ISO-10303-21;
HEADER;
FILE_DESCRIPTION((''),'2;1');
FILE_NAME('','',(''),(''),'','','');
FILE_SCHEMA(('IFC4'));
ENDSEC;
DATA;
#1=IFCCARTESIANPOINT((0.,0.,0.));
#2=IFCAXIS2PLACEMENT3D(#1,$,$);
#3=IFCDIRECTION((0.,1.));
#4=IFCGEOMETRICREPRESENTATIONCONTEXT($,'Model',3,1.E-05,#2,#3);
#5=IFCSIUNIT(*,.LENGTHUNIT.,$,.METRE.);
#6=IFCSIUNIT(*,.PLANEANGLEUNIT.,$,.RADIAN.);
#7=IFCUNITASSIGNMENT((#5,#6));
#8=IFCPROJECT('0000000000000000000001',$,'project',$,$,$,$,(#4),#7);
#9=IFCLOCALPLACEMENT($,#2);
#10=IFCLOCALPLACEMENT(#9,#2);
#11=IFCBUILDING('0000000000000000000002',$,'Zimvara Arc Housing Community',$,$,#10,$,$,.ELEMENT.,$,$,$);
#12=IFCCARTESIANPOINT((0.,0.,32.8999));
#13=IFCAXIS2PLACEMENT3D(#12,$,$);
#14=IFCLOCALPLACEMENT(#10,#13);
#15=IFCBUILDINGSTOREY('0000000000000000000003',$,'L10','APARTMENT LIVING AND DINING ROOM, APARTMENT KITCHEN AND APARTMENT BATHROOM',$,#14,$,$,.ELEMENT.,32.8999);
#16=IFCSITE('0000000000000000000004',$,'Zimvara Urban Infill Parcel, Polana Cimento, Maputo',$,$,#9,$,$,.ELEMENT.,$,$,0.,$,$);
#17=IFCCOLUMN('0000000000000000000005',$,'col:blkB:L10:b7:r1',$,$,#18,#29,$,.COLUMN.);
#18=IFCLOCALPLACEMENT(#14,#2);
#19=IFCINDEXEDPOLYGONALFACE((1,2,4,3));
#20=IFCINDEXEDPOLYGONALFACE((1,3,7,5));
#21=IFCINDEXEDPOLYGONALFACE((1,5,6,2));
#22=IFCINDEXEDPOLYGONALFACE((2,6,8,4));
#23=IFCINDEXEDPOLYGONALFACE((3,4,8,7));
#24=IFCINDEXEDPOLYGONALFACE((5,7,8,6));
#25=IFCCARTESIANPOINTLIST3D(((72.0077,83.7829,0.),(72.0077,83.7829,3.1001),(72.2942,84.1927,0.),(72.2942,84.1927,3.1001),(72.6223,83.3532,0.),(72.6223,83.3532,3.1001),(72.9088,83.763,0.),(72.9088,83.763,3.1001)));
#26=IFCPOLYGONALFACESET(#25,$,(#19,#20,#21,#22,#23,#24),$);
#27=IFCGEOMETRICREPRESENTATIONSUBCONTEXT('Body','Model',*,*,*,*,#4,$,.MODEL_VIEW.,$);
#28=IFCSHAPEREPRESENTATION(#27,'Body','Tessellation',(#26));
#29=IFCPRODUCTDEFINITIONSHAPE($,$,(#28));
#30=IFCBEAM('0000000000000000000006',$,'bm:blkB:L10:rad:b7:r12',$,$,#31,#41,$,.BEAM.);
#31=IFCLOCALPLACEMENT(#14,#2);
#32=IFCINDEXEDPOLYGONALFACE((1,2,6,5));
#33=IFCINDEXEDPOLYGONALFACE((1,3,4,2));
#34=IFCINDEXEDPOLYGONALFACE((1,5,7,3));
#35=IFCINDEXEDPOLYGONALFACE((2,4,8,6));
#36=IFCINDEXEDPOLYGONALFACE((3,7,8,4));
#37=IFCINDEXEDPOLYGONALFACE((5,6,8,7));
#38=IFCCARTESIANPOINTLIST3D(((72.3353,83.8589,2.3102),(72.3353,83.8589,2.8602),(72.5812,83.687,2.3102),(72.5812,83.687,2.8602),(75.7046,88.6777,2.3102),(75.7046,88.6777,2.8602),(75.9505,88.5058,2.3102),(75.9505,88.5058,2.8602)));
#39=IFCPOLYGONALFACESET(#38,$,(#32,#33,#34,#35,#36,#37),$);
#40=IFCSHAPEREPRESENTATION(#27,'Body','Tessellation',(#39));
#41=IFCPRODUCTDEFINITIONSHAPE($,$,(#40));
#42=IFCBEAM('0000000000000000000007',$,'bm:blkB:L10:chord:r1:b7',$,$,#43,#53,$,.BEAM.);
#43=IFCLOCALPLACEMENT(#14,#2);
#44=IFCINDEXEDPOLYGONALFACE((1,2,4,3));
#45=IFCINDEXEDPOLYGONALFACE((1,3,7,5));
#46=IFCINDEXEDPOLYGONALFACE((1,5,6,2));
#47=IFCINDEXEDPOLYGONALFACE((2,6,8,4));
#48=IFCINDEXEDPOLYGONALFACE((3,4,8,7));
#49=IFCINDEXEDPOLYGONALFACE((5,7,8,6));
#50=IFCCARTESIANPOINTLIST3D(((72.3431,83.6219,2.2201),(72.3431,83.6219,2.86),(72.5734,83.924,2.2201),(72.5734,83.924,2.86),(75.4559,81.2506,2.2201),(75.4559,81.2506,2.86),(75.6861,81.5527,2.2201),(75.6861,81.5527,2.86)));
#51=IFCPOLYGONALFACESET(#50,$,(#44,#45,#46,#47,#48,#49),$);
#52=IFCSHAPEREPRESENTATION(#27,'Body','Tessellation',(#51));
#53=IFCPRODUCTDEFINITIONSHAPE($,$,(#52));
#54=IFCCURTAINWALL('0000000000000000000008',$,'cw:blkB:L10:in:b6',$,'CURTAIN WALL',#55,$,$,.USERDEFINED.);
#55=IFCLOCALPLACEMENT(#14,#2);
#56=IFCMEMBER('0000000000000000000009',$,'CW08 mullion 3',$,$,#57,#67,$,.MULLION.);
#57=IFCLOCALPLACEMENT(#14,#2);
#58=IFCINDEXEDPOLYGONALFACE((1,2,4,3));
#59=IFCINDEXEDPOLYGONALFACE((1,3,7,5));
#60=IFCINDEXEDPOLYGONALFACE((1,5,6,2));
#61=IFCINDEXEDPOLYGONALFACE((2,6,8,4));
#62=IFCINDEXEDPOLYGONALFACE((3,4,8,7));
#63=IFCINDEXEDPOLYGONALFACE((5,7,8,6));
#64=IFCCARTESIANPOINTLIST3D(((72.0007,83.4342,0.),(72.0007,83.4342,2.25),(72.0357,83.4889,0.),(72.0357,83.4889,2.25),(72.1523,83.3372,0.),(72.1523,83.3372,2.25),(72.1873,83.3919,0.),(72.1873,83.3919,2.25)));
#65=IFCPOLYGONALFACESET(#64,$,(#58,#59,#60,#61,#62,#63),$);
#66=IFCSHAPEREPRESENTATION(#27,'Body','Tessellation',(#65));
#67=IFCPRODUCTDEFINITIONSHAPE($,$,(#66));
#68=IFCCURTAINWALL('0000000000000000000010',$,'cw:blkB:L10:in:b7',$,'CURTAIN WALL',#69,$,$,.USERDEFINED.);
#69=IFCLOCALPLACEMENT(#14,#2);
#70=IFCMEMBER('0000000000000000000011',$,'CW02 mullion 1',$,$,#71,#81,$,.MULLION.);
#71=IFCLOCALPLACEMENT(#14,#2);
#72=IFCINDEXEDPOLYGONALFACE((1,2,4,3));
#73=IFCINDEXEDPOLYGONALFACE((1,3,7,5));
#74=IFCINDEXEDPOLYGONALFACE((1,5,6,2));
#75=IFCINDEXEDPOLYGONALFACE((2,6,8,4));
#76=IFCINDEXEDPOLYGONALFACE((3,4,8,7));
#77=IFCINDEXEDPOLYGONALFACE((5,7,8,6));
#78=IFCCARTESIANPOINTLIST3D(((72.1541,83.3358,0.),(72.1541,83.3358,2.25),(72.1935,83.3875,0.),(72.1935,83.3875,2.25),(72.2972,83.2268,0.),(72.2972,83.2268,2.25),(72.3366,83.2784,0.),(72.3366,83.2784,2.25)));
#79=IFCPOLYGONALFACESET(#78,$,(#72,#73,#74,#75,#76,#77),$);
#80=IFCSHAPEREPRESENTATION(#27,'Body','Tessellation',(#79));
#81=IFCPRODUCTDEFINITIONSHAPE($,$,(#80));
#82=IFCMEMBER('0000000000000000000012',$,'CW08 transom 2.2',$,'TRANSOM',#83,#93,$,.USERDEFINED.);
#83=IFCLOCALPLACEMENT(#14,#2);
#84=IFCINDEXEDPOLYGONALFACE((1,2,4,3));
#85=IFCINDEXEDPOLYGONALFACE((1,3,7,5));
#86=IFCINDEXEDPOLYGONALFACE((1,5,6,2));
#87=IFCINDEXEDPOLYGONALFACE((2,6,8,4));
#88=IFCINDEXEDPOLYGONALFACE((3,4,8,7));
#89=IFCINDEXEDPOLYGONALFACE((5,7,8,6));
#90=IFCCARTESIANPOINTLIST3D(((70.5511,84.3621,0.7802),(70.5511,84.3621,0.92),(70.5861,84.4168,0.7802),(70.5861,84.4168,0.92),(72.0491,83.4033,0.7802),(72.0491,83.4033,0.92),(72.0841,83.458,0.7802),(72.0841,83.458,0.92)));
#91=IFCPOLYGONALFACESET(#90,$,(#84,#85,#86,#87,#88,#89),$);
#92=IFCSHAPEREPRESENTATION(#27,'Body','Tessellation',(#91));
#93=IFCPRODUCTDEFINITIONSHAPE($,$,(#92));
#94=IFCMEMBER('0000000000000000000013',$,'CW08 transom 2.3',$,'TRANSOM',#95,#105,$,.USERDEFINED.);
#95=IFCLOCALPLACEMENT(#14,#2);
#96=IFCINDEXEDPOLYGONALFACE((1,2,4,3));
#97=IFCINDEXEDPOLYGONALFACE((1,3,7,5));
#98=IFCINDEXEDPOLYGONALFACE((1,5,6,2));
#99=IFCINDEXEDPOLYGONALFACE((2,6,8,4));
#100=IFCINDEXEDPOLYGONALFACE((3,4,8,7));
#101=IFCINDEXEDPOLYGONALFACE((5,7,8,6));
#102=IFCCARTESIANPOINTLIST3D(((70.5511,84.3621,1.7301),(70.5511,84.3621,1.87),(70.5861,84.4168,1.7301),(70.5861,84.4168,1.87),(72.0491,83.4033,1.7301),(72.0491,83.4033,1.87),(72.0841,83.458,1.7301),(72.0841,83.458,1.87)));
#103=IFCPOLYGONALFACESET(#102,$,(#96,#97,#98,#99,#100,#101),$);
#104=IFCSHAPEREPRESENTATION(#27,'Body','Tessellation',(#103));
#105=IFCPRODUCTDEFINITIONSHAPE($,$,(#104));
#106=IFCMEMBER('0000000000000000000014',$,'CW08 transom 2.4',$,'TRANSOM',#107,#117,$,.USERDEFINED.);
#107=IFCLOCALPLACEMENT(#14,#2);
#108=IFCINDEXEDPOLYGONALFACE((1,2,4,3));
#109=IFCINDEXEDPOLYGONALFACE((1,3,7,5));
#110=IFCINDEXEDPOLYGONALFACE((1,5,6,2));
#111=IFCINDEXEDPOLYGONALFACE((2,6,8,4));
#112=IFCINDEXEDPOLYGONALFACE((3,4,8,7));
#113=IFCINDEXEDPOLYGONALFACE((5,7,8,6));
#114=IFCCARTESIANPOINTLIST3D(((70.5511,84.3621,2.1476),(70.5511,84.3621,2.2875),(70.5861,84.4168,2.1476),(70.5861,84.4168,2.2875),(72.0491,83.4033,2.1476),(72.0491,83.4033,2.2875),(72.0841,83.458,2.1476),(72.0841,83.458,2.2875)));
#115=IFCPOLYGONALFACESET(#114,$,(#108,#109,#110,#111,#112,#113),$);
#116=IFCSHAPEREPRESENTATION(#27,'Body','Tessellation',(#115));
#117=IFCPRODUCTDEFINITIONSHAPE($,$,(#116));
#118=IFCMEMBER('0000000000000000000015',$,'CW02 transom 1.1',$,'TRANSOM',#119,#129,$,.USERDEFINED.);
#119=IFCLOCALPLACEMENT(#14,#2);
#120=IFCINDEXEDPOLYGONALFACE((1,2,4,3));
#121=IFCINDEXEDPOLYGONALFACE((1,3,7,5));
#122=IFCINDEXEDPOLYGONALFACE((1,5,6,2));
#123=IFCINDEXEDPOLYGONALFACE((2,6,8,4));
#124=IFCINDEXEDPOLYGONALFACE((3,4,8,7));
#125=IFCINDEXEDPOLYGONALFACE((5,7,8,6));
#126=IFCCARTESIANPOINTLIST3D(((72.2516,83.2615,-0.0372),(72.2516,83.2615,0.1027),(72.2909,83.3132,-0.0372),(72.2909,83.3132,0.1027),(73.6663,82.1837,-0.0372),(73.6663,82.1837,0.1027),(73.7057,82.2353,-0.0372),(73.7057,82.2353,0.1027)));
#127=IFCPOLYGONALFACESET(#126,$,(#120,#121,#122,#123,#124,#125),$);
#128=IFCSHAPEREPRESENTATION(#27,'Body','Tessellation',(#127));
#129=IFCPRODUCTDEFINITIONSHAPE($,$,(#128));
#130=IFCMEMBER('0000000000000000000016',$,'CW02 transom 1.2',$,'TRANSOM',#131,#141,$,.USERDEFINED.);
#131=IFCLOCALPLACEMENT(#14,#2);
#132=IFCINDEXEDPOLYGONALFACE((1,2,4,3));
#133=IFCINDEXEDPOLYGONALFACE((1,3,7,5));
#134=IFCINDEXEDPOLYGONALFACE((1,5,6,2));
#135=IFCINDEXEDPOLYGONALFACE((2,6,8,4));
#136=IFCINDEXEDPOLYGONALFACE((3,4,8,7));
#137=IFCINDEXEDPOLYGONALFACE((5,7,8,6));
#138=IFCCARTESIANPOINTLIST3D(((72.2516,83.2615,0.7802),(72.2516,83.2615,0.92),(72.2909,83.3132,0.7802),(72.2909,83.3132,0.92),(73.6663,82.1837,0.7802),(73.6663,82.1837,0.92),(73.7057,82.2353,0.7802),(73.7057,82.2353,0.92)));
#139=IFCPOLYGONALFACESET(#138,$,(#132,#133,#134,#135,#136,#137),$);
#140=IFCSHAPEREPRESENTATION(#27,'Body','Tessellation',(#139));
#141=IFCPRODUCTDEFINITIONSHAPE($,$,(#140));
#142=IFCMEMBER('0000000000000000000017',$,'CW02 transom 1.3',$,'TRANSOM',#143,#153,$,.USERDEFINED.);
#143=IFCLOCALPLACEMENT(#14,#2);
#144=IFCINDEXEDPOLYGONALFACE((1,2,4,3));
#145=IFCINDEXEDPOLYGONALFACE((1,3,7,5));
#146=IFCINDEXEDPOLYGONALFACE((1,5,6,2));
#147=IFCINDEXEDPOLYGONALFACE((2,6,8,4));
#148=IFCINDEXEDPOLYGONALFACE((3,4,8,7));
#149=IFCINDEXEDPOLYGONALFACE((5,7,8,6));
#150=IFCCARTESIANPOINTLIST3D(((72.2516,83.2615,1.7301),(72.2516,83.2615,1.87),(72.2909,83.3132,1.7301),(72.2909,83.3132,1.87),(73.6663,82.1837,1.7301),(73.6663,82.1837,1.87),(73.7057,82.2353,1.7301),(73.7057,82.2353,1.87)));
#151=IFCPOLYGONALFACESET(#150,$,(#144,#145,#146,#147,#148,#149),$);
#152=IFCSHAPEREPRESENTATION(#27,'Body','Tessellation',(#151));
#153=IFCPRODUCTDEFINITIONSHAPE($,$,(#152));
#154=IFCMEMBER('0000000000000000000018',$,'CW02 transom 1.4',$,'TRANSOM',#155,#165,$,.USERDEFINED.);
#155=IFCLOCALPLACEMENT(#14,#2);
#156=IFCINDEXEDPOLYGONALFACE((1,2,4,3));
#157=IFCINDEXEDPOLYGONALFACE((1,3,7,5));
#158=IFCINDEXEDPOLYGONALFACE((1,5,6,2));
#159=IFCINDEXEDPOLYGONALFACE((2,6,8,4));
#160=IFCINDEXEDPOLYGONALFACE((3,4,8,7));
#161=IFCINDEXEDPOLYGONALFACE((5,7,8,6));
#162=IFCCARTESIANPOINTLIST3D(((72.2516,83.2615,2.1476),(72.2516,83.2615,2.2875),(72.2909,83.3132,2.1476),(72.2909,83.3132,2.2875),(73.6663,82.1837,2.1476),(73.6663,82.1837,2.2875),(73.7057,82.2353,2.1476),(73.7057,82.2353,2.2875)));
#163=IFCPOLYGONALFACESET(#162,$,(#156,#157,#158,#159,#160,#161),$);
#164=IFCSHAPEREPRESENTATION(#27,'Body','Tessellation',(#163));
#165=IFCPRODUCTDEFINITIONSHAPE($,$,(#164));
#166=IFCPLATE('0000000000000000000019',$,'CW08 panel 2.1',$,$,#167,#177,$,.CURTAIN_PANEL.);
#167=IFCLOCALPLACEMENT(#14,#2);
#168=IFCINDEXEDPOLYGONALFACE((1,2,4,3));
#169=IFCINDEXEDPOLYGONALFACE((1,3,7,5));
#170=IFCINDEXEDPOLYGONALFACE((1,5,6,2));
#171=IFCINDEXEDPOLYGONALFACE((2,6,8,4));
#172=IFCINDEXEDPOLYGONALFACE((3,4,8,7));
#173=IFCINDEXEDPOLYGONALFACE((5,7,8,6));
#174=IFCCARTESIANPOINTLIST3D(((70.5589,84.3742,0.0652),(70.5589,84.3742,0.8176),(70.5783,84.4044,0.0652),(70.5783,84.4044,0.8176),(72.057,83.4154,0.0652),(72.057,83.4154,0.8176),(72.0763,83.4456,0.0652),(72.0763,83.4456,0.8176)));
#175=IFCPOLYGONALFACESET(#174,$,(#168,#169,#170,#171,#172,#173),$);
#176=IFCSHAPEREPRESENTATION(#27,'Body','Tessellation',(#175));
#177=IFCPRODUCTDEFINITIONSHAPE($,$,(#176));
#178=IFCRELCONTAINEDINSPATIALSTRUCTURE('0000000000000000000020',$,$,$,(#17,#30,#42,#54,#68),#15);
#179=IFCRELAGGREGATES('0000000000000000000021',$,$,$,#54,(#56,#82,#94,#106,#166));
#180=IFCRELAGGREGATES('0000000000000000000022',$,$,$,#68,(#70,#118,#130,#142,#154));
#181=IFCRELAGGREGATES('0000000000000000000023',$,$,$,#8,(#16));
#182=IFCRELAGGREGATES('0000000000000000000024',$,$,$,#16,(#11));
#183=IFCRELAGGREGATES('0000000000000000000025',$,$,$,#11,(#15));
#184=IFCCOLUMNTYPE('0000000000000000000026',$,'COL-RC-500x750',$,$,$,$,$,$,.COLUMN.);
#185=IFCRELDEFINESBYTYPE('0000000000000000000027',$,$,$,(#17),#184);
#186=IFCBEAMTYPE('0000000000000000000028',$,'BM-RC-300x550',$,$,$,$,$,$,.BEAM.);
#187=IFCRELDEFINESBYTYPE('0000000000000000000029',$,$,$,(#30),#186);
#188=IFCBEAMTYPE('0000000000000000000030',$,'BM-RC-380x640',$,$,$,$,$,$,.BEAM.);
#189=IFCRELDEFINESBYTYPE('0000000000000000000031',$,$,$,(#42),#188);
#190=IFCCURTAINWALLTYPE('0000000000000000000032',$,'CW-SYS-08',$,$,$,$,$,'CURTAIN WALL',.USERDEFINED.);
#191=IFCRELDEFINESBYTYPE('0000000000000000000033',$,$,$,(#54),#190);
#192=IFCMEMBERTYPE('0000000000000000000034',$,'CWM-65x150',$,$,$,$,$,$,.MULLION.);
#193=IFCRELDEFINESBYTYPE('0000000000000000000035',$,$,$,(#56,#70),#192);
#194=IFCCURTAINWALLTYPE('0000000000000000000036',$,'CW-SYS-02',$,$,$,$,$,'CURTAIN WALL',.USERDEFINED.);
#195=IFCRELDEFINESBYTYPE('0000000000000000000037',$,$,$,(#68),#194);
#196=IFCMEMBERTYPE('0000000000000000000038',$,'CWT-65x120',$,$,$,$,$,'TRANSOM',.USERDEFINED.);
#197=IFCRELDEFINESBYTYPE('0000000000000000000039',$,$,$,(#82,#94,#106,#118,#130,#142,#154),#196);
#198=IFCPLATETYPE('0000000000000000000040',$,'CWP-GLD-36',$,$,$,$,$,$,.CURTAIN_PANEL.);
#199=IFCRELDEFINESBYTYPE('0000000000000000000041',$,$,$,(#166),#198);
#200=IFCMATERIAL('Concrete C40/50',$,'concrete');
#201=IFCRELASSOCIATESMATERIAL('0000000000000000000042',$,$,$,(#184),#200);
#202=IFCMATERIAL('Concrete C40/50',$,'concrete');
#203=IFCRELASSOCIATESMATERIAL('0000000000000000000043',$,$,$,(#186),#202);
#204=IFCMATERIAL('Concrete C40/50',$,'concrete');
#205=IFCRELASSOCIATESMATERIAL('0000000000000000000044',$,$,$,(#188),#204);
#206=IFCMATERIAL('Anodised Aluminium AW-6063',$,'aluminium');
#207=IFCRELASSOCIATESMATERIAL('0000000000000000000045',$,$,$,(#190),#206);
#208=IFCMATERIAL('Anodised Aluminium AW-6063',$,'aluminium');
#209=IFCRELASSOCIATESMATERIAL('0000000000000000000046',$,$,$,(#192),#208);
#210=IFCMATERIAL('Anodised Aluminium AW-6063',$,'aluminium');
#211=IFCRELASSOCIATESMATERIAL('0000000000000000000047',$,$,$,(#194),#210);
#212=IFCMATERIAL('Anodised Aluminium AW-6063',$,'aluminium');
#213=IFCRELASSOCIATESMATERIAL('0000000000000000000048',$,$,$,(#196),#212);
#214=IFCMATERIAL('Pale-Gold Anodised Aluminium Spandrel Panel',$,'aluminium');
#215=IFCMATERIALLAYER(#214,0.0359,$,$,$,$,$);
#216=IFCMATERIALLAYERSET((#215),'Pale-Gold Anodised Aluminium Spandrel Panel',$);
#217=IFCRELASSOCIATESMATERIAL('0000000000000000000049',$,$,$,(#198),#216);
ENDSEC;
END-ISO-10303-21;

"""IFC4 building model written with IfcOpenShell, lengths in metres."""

from ifc_helpers import new_model, si_unit, direction, frame, origin, origin_2d, place, context, subcontext, project, spatial, rectangle, extrude, material, layer, layer_set, material_profile, profile_set, type_object, element, aggregate, save


model = new_model("IFC4")

# Units and contexts
model_context = context("Model", 3, precision=1e-05, world=origin(), true_north=direction((0.0, 1.0)))
body_context = subcontext(model_context, "Body", "Model", "MODEL_VIEW")
ifc_project = project(units=[si_unit("LENGTHUNIT", "METRE"), si_unit("PLANEANGLEUNIT", "RADIAN")], contexts=[model_context])

# Site, building, storey
site_placement = place(None, origin())
site = spatial("IfcSite", under=ifc_project, at=site_placement, Name="Zimvara Urban Infill Parcel, Polana Cimento, Maputo", CompositionType="ELEMENT", RefElevation=0.0)
building_placement = place(site_placement, origin())
building = spatial("IfcBuilding", under=site, at=building_placement, Name="Zimvara Arc Housing Community", CompositionType="ELEMENT")
storey_placement = place(building_placement, frame((0.0, 0.0, 32.8999)))
storey = spatial("IfcBuildingStorey", under=building, at=storey_placement, Name="L10", Description="APARTMENT LIVING AND DINING ROOM, APARTMENT KITCHEN AND APARTMENT BATHROOM", CompositionType="ELEMENT", Elevation=32.8999)

# Column
ifc_material_1 = material(Name="Concrete C40/50", Category="concrete")
ifc_material_profile_1 = material_profile(ifc_material_1, rectangle(XDim=0.5, YDim=0.75, at=origin_2d()), Name="RC 500x750")
ifc_profile_set_1 = profile_set([ifc_material_profile_1], Name="Concrete C40/50")
column_type = type_object("IfcColumnType", Name="COL-RC-500x750", PredefinedType="COLUMN", material=ifc_profile_set_1)
column_placement = place(storey_placement, frame((72.4583, 83.7729, 0.0), z_axis=(0.0, 0.0, 1.0), x_axis=(0.573004, 0.819552, 0.0)))
element("IfcColumn", 1, at=column_placement, inside=storey, type_object=column_type, Name="col:blkB:L10:b7:r1", PredefinedType="COLUMN", context=body_context, shape_type="SweptSolid", body=[
    extrude(rectangle(XDim=0.5, YDim=0.75, at=origin_2d()), origin(), (0.0, 0.0, 1.0), 3.1001),
])

# Beams
ifc_material_2 = material(Name="Concrete C40/50", Category="concrete")
ifc_material_profile_2 = material_profile(ifc_material_2, rectangle(XDim=0.3, YDim=0.55, at=origin_2d()), Name="RC 300x550")
ifc_profile_set_2 = profile_set([ifc_material_profile_2], Name="Concrete C40/50")
beam_type_1 = type_object("IfcBeamType", Name="BM-RC-300x550", PredefinedType="BEAM", material=ifc_profile_set_2)
beam_1_placement = place(storey_placement, frame((72.4583, 83.7729, 2.5852), z_axis=(0.573028, 0.819536, 0.0), x_axis=(-0.819536, 0.573028, 0.0)))
element("IfcBeam", 2, at=beam_1_placement, inside=storey, type_object=beam_type_1, Name="bm:blkB:L10:rad:b7:r12", PredefinedType="BEAM", context=body_context, shape_type="SweptSolid", body=[
    extrude(rectangle(XDim=0.3, YDim=0.55, at=origin_2d()), origin(), (0.0, 0.0, 1.0), 5.8799),
])
ifc_material_3 = material(Name="Concrete C40/50", Category="concrete")
ifc_material_profile_3 = material_profile(ifc_material_3, rectangle(XDim=0.3799, YDim=0.6399, at=origin_2d()), Name="RC 380x640")
ifc_profile_set_3 = profile_set([ifc_material_profile_3], Name="Concrete C40/50")
beam_type_2 = type_object("IfcBeamType", Name="BM-RC-380x640", PredefinedType="BEAM", material=ifc_profile_set_3)
beam_2_placement = place(storey_placement, frame((72.4583, 83.7729, 2.54), z_axis=(0.79547, -0.605992, 0.0), x_axis=(0.605992, 0.79547, 0.0)))
element("IfcBeam", 3, at=beam_2_placement, inside=storey, type_object=beam_type_2, Name="bm:blkB:L10:chord:r1:b7", PredefinedType="BEAM", context=body_context, shape_type="SweptSolid", body=[
    extrude(rectangle(XDim=0.3799, YDim=0.6399, at=origin_2d()), origin(), (0.0, 0.0, 1.0), 3.9131),
])

# Curtain walls, members
ifc_material_4 = material(Name="Anodised Aluminium AW-6063", Category="aluminium")
curtain_wall_type_1 = type_object("IfcCurtainWallType", Name="CW-SYS-08", ElementType="CURTAIN WALL", PredefinedType="USERDEFINED", material=ifc_material_4)
curtain_wall_1_placement = place(storey_placement, origin())
curtain_wall_1 = element("IfcCurtainWall", 4, at=curtain_wall_1_placement, inside=storey, type_object=curtain_wall_type_1, Name="cw:blkB:L10:in:b6", ObjectType="CURTAIN WALL", PredefinedType="USERDEFINED")
ifc_material_5 = material(Name="Anodised Aluminium AW-6063", Category="aluminium")
ifc_material_profile_4 = material_profile(ifc_material_5, rectangle(XDim=0.0649, YDim=0.1799, at=origin_2d()), Name="ALU 65x180")
ifc_profile_set_4 = profile_set([ifc_material_profile_4], Name="Anodised Aluminium AW-6063")
member_type_1 = type_object("IfcMemberType", Name="CWM-65x150", PredefinedType="MULLION", material=ifc_profile_set_4)
member_1_placement = place(storey_placement, frame((72.094, 83.4131, 0.0), z_axis=(0.0, 0.0, 1.0), x_axis=(0.539065, 0.842264, 0.0)))
member_1 = element("IfcMember", 5, at=member_1_placement, type_object=member_type_1, Name="CW08 mullion 3", PredefinedType="MULLION", context=body_context, shape_type="SweptSolid", body=[
    extrude(rectangle(XDim=0.0649, YDim=0.1799, at=origin_2d()), origin(), (0.0, 0.0, 1.0), 2.25),
])
ifc_material_6 = material(Name="Anodised Aluminium AW-6063", Category="aluminium")
curtain_wall_type_2 = type_object("IfcCurtainWallType", Name="CW-SYS-02", ElementType="CURTAIN WALL", PredefinedType="USERDEFINED", material=ifc_material_6)
curtain_wall_2_placement = place(storey_placement, origin())
curtain_wall_2 = element("IfcCurtainWall", 6, at=curtain_wall_2_placement, inside=storey, type_object=curtain_wall_type_2, Name="cw:blkB:L10:in:b7", ObjectType="CURTAIN WALL", PredefinedType="USERDEFINED")
member_2_placement = place(storey_placement, frame((72.2454, 83.3071, 0.0), z_axis=(0.0, 0.0, 1.0), x_axis=(0.605988, 0.795474, 0.0)))
member_2 = element("IfcMember", 7, at=member_2_placement, type_object=member_type_1, Name="CW02 mullion 1", PredefinedType="MULLION", context=body_context, shape_type="SweptSolid", body=[
    extrude(rectangle(XDim=0.0649, YDim=0.1799, at=origin_2d()), origin(), (0.0, 0.0, 1.0), 2.25),
])

# Members
ifc_material_7 = material(Name="Anodised Aluminium AW-6063", Category="aluminium")
ifc_material_profile_5 = material_profile(ifc_material_7, rectangle(XDim=0.0649, YDim=0.1399, at=origin_2d()), Name="ALU 65x140")
ifc_profile_set_5 = profile_set([ifc_material_profile_5], Name="Anodised Aluminium AW-6063")
member_type_2 = type_object("IfcMemberType", Name="CWT-65x120", ElementType="TRANSOM", PredefinedType="USERDEFINED", material=ifc_profile_set_5)
member_3_placement = place(storey_placement, frame((70.5686, 84.3894, 0.8501), z_axis=(0.842274, -0.53905, 0.0), x_axis=(0.53905, 0.842274, 0.0)))
member_3 = element("IfcMember", 8, at=member_3_placement, type_object=member_type_2, Name="CW08 transom 2.2", ObjectType="TRANSOM", PredefinedType="USERDEFINED", context=body_context, shape_type="SweptSolid", body=[
    extrude(rectangle(XDim=0.0649, YDim=0.1399, at=origin_2d()), origin(), (0.0, 0.0, 1.0), 1.7786),
])
member_4_placement = place(storey_placement, frame((70.5686, 84.3894, 1.8), z_axis=(0.842274, -0.53905, 0.0), x_axis=(0.53905, 0.842274, 0.0)))
member_4 = element("IfcMember", 9, at=member_4_placement, type_object=member_type_2, Name="CW08 transom 2.3", ObjectType="TRANSOM", PredefinedType="USERDEFINED", context=body_context, shape_type="SweptSolid", body=[
    extrude(rectangle(XDim=0.0649, YDim=0.1399, at=origin_2d()), origin(), (0.0, 0.0, 1.0), 1.7786),
])
member_5_placement = place(storey_placement, frame((70.5686, 84.3894, 2.2175), z_axis=(0.842274, -0.53905, 0.0), x_axis=(0.53905, 0.842274, 0.0)))
member_5 = element("IfcMember", 10, at=member_5_placement, type_object=member_type_2, Name="CW08 transom 2.4", ObjectType="TRANSOM", PredefinedType="USERDEFINED", context=body_context, shape_type="SweptSolid", body=[
    extrude(rectangle(XDim=0.0649, YDim=0.1399, at=origin_2d()), origin(), (0.0, 0.0, 1.0), 1.7786),
])
member_6_placement = place(storey_placement, frame((72.2712, 83.2874, 0.0327), z_axis=(0.795447, -0.606023, 0.0), x_axis=(0.606023, 0.795447, 0.0)))
member_6 = element("IfcMember", 11, at=member_6_placement, type_object=member_type_2, Name="CW02 transom 1.1", ObjectType="TRANSOM", PredefinedType="USERDEFINED", context=body_context, shape_type="SweptSolid", body=[
    extrude(rectangle(XDim=0.0649, YDim=0.1399, at=origin_2d()), origin(), (0.0, 0.0, 1.0), 1.7786),
])
member_7_placement = place(storey_placement, frame((72.2712, 83.2874, 0.8501), z_axis=(0.795447, -0.606023, 0.0), x_axis=(0.606023, 0.795447, 0.0)))
member_7 = element("IfcMember", 12, at=member_7_placement, type_object=member_type_2, Name="CW02 transom 1.2", ObjectType="TRANSOM", PredefinedType="USERDEFINED", context=body_context, shape_type="SweptSolid", body=[
    extrude(rectangle(XDim=0.0649, YDim=0.1399, at=origin_2d()), origin(), (0.0, 0.0, 1.0), 1.7786),
])
member_8_placement = place(storey_placement, frame((72.2712, 83.2874, 1.8), z_axis=(0.795447, -0.606023, 0.0), x_axis=(0.606023, 0.795447, 0.0)))
member_8 = element("IfcMember", 13, at=member_8_placement, type_object=member_type_2, Name="CW02 transom 1.3", ObjectType="TRANSOM", PredefinedType="USERDEFINED", context=body_context, shape_type="SweptSolid", body=[
    extrude(rectangle(XDim=0.0649, YDim=0.1399, at=origin_2d()), origin(), (0.0, 0.0, 1.0), 1.7786),
])
member_9_placement = place(storey_placement, frame((72.2712, 83.2874, 2.2175), z_axis=(0.795447, -0.606023, 0.0), x_axis=(0.606023, 0.795447, 0.0)))
member_9 = element("IfcMember", 14, at=member_9_placement, type_object=member_type_2, Name="CW02 transom 1.4", ObjectType="TRANSOM", PredefinedType="USERDEFINED", context=body_context, shape_type="SweptSolid", body=[
    extrude(rectangle(XDim=0.0649, YDim=0.1399, at=origin_2d()), origin(), (0.0, 0.0, 1.0), 1.7786),
])

# Plate
ifc_material_8 = material(Name="Pale-Gold Anodised Aluminium Spandrel Panel", Category="aluminium")
ifc_layer_1 = layer(ifc_material_8, 0.0359)
ifc_layer_set_1 = layer_set([ifc_layer_1], Name="Pale-Gold Anodised Aluminium Spandrel Panel")
plate_type_1 = type_object("IfcPlateType", Name="CWP-GLD-36", PredefinedType="CURTAIN_PANEL", material=ifc_layer_set_1)
plate_1_placement = place(storey_placement, frame((71.3176, 83.9099, 0.0652), z_axis=(0.0, 0.0, 1.0), x_axis=(0.842264, -0.539065, 0.0)))
plate_1 = element("IfcPlate", 15, at=plate_1_placement, type_object=plate_type_1, Name="CW08 panel 2.1", PredefinedType="CURTAIN_PANEL", context=body_context, shape_type="SweptSolid", body=[
    extrude(rectangle(XDim=1.7786, YDim=0.0359, at=origin_2d()), origin(), (0.0, 0.0, 1.0), 0.7524),
])
aggregate(curtain_wall_1, [member_1, member_3, member_4, member_5, plate_1])
aggregate(curtain_wall_2, [member_2, member_6, member_7, member_8, member_9])

save(model, "model.ifc")
